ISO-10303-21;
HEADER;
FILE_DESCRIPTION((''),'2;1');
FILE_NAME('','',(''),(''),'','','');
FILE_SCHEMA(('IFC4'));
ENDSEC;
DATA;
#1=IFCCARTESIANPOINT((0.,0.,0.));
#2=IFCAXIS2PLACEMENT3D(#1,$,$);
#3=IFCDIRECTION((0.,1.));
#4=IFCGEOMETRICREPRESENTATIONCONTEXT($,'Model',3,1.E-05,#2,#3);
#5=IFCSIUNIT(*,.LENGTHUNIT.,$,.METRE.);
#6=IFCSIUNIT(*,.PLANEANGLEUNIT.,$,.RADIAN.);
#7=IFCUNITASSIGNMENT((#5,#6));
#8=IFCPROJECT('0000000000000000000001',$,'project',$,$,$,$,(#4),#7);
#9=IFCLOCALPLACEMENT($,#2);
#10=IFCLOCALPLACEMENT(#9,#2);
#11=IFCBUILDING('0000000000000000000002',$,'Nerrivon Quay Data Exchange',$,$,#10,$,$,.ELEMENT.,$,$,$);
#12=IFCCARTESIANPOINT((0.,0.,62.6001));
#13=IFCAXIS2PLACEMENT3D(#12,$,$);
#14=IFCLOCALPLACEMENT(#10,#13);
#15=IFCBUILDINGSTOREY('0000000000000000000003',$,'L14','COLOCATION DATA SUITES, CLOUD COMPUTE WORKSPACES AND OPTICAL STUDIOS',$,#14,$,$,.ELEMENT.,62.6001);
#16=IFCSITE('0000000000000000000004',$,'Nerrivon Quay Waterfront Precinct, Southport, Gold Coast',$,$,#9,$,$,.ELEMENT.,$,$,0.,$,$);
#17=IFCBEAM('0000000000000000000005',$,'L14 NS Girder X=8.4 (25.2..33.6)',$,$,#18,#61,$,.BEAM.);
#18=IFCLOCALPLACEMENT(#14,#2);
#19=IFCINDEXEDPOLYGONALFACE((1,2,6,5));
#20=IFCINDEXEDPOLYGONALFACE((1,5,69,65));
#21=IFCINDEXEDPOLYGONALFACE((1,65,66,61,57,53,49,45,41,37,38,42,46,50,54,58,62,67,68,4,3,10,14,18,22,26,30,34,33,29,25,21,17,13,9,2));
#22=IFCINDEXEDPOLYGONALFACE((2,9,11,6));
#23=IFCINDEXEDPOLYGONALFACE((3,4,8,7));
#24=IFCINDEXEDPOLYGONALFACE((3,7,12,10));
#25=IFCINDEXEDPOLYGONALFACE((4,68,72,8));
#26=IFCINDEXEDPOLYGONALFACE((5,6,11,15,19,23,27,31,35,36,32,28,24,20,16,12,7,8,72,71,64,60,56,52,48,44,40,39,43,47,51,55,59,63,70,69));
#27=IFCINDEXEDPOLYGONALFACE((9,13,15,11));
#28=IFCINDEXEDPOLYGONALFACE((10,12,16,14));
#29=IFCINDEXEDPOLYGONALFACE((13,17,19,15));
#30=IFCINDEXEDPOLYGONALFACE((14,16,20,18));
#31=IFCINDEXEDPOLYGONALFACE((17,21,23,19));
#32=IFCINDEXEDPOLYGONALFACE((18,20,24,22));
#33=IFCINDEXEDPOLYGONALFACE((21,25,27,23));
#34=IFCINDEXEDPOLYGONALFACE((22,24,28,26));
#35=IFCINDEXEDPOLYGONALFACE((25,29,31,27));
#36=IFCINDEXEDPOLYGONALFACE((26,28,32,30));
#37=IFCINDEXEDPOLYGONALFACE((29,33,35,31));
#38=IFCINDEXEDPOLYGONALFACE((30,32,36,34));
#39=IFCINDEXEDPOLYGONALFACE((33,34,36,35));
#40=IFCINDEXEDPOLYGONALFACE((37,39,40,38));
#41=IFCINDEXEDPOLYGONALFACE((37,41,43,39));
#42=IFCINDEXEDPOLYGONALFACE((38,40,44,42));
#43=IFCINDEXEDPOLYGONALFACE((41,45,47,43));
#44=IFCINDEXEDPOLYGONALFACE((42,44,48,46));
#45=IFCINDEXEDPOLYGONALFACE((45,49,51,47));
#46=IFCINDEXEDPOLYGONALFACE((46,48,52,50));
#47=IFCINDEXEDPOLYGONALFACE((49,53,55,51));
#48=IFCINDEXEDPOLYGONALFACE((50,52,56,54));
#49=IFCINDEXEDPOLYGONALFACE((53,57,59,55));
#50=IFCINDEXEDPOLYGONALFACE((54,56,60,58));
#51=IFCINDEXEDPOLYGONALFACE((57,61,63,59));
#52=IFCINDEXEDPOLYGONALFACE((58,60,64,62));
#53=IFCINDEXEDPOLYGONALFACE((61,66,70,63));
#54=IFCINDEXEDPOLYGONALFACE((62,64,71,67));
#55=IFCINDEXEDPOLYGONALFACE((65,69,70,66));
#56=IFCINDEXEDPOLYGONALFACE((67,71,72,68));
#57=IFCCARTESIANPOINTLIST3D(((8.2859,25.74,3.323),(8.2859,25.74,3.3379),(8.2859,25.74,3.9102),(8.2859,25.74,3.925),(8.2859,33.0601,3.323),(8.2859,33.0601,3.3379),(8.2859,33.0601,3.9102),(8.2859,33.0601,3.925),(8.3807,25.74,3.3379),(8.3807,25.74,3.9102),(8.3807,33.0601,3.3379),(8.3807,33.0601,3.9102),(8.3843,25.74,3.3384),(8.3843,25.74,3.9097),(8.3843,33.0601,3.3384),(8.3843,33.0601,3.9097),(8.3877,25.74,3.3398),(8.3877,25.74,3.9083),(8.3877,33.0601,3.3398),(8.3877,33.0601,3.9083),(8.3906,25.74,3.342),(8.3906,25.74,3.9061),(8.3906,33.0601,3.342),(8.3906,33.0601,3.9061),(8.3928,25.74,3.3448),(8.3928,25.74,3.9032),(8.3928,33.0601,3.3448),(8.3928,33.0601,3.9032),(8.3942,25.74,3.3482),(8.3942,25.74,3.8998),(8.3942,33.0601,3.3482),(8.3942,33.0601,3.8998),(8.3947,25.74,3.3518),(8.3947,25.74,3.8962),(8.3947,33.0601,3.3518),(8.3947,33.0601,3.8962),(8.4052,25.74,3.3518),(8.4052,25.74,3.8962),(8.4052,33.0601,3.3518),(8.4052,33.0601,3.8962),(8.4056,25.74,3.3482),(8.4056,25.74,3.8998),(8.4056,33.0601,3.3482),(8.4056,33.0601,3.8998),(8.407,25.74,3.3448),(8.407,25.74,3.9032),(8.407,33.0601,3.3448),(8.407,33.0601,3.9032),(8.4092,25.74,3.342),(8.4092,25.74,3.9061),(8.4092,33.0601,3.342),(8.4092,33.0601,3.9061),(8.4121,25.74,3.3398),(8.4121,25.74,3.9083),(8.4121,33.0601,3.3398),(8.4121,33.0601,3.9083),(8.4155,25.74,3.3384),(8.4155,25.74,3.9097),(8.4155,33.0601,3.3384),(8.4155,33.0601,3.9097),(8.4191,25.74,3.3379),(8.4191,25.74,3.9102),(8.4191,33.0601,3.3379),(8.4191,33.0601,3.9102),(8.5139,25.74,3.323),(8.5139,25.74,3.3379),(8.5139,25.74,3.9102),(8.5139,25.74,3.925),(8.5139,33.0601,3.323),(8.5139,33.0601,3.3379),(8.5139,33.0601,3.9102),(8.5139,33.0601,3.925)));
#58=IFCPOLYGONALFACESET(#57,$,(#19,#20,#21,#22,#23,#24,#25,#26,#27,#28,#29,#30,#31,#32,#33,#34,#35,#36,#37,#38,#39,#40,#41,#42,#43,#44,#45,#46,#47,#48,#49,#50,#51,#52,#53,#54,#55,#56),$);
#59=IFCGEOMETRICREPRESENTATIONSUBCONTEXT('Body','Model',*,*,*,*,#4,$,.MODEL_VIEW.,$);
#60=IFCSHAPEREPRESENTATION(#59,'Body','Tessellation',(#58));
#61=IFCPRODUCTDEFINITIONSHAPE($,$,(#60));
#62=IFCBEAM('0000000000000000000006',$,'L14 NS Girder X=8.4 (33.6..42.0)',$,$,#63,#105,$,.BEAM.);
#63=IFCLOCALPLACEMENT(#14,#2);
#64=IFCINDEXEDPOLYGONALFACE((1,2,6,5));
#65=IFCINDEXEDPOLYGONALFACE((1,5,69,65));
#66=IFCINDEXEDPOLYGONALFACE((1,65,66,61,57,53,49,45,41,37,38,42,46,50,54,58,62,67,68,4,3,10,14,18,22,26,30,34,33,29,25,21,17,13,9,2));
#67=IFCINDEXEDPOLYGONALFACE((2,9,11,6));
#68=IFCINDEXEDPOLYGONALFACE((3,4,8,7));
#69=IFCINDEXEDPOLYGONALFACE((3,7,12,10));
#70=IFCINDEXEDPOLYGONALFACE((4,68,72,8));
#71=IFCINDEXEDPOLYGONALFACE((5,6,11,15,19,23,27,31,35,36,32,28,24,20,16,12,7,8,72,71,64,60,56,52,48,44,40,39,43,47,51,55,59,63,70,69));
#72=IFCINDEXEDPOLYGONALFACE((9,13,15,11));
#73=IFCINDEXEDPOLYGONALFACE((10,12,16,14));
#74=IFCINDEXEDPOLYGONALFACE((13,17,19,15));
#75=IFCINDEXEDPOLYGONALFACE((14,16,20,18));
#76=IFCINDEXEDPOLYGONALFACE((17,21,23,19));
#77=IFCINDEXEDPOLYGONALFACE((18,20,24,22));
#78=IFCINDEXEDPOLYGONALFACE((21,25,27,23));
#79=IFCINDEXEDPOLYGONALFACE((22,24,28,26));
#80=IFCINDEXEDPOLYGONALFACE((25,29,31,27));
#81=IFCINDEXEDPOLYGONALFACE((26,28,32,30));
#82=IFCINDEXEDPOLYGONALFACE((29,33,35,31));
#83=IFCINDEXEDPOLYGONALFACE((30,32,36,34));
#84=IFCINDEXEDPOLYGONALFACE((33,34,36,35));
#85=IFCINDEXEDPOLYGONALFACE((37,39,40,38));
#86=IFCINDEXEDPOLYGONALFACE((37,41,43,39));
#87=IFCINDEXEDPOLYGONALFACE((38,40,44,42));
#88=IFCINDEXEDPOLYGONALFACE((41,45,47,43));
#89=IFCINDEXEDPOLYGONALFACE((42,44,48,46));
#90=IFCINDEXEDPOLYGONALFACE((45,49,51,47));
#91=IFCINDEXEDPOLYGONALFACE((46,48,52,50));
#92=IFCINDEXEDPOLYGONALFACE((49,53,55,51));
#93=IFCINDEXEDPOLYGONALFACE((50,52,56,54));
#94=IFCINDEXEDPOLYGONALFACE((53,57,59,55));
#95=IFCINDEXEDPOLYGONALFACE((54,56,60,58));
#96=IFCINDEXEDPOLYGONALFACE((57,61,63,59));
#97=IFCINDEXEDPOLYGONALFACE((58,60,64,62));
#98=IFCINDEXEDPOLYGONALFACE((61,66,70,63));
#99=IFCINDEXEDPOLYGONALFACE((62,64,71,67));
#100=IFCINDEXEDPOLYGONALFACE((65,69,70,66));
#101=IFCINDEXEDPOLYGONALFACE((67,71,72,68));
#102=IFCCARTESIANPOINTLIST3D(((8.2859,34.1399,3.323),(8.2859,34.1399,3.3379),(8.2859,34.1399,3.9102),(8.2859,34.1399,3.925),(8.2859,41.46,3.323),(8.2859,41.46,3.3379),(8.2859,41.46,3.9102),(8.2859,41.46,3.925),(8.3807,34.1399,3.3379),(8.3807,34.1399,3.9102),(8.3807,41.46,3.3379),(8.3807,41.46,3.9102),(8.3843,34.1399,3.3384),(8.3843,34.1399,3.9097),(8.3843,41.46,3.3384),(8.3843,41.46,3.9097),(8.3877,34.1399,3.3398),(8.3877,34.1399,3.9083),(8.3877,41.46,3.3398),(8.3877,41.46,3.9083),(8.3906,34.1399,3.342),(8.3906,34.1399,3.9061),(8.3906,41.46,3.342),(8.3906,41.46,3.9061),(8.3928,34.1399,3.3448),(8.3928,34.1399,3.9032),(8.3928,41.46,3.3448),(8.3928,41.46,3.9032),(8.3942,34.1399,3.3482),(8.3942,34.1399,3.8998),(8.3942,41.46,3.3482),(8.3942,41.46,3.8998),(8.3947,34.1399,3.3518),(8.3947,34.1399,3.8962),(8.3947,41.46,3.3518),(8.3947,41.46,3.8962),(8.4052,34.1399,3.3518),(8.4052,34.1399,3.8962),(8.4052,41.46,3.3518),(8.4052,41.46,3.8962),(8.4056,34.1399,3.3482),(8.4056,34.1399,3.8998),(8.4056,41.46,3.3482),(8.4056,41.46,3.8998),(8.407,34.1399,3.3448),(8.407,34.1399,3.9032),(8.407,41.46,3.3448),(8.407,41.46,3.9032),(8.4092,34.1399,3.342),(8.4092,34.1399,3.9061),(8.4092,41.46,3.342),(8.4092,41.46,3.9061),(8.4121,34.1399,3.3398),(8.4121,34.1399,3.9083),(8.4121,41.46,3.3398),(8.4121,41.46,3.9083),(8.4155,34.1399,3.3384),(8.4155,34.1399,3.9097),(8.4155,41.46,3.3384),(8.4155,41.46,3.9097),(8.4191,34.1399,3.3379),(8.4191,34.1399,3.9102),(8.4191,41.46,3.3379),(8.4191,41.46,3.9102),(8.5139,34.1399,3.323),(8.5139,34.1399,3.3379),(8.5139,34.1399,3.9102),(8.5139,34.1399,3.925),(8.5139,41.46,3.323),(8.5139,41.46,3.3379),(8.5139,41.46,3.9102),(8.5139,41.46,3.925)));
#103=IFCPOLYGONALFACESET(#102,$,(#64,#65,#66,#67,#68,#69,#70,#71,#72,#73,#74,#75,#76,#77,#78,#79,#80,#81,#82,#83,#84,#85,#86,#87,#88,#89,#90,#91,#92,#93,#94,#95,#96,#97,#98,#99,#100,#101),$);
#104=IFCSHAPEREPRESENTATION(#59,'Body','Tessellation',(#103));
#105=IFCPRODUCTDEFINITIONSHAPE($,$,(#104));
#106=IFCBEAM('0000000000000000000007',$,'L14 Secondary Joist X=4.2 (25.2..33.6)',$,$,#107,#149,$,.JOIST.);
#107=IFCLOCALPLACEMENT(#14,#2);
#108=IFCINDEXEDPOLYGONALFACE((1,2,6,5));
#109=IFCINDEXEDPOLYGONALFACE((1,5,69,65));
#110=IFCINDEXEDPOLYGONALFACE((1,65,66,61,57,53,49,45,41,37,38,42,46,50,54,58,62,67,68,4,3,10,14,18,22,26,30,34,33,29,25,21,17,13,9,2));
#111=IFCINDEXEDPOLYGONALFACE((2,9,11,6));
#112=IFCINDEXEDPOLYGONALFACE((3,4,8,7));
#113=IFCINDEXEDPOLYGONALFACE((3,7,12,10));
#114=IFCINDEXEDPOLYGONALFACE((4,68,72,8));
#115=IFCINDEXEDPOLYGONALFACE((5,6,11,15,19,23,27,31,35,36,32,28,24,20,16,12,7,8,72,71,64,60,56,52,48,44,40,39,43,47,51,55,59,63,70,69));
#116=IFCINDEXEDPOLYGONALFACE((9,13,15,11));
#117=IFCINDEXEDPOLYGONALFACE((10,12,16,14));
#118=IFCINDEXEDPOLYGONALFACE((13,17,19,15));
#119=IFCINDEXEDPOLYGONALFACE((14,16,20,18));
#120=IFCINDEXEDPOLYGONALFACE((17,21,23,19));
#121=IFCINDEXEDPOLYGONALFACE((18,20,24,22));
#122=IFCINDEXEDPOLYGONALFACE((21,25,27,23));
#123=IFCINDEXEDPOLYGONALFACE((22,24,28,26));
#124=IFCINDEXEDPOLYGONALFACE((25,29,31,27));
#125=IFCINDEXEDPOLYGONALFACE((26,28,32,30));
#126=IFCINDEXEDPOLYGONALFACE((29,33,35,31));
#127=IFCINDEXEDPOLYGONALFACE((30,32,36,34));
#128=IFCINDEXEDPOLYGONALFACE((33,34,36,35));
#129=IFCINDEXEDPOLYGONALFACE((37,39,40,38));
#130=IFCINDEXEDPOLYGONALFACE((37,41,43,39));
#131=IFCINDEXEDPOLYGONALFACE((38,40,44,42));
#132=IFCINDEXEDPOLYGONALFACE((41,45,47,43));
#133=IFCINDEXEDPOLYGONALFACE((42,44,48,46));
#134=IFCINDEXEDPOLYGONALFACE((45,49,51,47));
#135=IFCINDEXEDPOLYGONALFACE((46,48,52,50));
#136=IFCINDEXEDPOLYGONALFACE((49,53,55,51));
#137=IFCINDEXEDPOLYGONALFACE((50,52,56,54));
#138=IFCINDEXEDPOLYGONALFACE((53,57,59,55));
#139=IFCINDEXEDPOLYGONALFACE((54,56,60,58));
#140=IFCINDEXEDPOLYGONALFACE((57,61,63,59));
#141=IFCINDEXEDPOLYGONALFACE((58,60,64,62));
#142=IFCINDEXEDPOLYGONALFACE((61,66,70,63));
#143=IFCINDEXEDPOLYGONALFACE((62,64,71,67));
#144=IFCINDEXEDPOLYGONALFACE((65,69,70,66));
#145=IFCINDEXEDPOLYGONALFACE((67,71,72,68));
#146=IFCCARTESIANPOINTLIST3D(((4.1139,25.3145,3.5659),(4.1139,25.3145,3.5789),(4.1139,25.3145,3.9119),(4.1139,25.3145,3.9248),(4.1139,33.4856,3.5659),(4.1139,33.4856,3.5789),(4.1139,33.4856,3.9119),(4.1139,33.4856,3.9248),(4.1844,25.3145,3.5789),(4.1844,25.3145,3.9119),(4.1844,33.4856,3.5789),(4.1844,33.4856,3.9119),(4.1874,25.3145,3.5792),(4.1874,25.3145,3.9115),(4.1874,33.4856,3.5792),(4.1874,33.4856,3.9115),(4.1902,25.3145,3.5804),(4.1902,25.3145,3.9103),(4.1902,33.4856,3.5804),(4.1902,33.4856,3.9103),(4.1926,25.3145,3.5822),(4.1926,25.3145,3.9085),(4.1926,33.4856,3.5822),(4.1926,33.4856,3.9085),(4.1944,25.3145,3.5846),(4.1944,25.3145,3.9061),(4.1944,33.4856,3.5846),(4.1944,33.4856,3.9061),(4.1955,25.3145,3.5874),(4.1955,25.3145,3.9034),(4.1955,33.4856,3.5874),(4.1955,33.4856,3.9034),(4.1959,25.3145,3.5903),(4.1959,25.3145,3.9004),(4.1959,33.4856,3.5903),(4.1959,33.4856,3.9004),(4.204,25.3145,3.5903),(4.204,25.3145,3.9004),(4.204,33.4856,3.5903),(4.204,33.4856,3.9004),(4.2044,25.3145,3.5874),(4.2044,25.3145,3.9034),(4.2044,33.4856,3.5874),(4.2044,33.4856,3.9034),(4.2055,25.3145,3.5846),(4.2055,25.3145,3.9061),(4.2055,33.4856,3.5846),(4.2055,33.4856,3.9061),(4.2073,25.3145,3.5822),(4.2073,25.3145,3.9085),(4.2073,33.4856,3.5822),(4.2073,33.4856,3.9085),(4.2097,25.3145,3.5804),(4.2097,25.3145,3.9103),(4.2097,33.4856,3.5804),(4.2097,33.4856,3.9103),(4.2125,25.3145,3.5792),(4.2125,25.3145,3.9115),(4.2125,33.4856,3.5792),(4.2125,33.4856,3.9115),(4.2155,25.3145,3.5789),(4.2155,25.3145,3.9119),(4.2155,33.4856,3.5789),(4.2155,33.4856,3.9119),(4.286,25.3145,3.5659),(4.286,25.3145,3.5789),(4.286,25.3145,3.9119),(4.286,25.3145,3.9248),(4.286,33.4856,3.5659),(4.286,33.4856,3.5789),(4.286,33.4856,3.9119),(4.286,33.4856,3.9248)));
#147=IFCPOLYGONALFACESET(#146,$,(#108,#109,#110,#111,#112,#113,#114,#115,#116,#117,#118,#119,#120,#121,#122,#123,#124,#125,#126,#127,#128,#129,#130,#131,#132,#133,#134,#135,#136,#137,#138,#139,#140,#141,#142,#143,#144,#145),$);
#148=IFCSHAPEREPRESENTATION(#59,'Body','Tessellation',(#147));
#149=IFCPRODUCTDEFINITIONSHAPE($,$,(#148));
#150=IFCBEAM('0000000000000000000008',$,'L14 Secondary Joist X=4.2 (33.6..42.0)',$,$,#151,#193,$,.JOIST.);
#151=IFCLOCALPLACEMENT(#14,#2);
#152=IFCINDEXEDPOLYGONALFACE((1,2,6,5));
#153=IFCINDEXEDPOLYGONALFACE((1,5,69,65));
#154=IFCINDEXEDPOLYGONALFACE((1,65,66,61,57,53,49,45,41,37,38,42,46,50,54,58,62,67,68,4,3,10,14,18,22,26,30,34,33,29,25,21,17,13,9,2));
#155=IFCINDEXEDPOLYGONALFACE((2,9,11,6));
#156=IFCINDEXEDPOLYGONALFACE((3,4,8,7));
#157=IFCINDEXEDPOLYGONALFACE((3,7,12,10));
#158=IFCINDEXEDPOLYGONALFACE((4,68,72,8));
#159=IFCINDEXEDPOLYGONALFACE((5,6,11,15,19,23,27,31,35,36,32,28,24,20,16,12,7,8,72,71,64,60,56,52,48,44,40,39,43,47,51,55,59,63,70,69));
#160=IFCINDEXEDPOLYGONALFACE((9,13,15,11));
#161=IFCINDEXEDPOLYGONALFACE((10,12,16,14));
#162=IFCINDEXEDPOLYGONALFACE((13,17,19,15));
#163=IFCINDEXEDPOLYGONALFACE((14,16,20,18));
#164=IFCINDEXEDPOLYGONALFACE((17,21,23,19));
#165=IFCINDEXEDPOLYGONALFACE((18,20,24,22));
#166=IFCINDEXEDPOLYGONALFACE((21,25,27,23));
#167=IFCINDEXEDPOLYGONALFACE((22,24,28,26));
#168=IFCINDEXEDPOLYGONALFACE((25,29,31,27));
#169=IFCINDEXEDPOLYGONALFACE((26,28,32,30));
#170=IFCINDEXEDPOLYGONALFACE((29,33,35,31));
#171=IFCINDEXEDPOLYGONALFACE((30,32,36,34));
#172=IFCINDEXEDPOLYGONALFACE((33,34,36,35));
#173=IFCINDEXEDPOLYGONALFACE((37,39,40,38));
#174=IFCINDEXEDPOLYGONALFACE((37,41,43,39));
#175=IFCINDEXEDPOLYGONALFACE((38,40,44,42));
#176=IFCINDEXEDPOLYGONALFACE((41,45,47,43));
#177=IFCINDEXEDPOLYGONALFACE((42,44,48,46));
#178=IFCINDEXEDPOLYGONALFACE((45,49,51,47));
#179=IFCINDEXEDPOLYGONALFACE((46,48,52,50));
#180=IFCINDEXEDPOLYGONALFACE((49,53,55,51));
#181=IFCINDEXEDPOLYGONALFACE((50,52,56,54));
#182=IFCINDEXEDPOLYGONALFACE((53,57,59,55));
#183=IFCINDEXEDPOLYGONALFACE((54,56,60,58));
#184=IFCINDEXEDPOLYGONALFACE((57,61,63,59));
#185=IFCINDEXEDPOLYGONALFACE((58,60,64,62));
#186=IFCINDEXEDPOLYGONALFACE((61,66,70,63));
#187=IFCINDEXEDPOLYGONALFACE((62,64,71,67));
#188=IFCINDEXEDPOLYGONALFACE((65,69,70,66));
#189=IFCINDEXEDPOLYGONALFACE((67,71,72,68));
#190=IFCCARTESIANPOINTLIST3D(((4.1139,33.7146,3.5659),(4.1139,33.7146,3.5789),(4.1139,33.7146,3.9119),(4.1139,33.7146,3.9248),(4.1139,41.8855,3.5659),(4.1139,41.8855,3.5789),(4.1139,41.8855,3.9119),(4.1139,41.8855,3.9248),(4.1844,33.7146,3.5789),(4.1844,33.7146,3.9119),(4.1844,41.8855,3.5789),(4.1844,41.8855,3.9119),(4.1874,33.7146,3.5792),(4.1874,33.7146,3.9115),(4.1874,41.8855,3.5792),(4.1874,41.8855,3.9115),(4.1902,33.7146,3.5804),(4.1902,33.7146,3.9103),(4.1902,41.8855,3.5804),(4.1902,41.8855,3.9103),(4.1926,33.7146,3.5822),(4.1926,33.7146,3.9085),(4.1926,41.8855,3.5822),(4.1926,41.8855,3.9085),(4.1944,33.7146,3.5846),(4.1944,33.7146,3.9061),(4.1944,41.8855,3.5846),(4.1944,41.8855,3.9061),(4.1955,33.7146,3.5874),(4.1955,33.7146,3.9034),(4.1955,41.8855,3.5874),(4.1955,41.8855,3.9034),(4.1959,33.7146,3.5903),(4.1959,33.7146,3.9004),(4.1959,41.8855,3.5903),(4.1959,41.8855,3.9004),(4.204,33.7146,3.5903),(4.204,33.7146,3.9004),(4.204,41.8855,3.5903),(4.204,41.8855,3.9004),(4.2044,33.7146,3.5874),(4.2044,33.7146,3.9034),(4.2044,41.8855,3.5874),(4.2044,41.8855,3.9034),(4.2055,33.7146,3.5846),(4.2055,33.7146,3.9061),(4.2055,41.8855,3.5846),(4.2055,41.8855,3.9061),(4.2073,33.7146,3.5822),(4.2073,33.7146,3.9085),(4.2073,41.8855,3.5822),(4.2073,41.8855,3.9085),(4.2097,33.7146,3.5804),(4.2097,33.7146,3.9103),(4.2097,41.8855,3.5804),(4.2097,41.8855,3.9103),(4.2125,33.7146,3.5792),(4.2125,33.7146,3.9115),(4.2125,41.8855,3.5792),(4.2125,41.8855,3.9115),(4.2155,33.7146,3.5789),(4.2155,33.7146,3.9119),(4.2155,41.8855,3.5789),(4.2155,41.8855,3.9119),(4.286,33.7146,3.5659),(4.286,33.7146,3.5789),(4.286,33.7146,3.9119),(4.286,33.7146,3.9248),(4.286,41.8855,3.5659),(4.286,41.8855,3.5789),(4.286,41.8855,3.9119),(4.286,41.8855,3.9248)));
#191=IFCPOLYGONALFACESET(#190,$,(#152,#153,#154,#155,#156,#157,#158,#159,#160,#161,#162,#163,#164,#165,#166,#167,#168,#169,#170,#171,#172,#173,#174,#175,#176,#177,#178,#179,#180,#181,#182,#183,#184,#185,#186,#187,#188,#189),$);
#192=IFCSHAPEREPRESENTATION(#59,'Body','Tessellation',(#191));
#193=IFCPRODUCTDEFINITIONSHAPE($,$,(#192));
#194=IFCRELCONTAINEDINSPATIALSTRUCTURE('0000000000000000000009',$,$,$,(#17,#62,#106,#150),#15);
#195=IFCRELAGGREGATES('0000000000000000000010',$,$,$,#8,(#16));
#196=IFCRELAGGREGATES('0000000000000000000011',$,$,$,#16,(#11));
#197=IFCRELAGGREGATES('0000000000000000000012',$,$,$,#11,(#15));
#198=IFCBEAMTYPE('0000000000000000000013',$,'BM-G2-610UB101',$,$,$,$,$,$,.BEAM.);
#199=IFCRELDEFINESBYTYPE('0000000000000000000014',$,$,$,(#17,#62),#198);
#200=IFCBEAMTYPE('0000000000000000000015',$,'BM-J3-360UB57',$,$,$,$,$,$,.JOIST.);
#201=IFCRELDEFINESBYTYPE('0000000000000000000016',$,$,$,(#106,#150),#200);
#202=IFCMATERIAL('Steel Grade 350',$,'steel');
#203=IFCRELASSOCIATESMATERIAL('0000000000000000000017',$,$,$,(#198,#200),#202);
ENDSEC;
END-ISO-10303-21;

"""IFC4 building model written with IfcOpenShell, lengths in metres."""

from ifc_helpers import new_model, si_unit, direction, frame, origin, origin_2d, place, context, subcontext, project, spatial, i_section, extrude, material, material_profile, profile_set, type_object, element, save


model = new_model("IFC4")

# Units and contexts
model_context = context("Model", 3, precision=1e-05, world=origin(), true_north=direction((0.0, 1.0)))
body_context = subcontext(model_context, "Body", "Model", "MODEL_VIEW")
ifc_project = project(units=[si_unit("LENGTHUNIT", "METRE"), si_unit("PLANEANGLEUNIT", "RADIAN")], contexts=[model_context])

# Site, building, storey
site_placement = place(None, origin())
site = spatial("IfcSite", under=ifc_project, at=site_placement, Name="Nerrivon Quay Waterfront Precinct, Southport, Gold Coast", CompositionType="ELEMENT", RefElevation=0.0)
building_placement = place(site_placement, origin())
building = spatial("IfcBuilding", under=site, at=building_placement, Name="Nerrivon Quay Data Exchange", CompositionType="ELEMENT")
storey_placement = place(building_placement, frame((0.0, 0.0, 62.6001)))
storey = spatial("IfcBuildingStorey", under=building, at=storey_placement, Name="L14", Description="COLOCATION DATA SUITES, CLOUD COMPUTE WORKSPACES AND OPTICAL STUDIOS", CompositionType="ELEMENT", Elevation=62.6001)

# Shared definitions
ifc_material_1 = material(Name="Steel Grade 350", Category="steel")

# Beams
ifc_material_profile_1 = material_profile(ifc_material_1, i_section(OverallWidth=0.228, OverallDepth=0.6021, WebThickness=0.0105, FlangeThickness=0.0149, FilletRadius=0.0139, at=origin_2d()), Name="610UB101")
ifc_profile_set_1 = profile_set([ifc_material_profile_1], Name="Steel Grade 350")
beam_type_1 = type_object("IfcBeamType", Name="BM-G2-610UB101", PredefinedType="BEAM", material=ifc_profile_set_1)
for number, where, z_axis, x_axis, name in (
    (1, (8.3999, 25.74, 3.624), (0.0, 1.0, 0.0), (-1.0, 0.0, 0.0), "L14 NS Girder X=8.4 (25.2..33.6)"),
    (2, (8.3999, 34.1399, 3.624), (0.0, 1.0, 0.0), (-1.0, 0.0, 0.0), "L14 NS Girder X=8.4 (33.6..42.0)"),
):
    element("IfcBeam", number, at=place(storey_placement, frame(where, z_axis=z_axis, x_axis=x_axis)), inside=storey, type_object=beam_type_1, Name=name, PredefinedType="BEAM", context=body_context, shape_type="SweptSolid", body=[
        extrude(i_section(OverallWidth=0.228, OverallDepth=0.6021, WebThickness=0.0105, FlangeThickness=0.0149, FilletRadius=0.0139, at=origin_2d()), origin(), (0.0, 0.0, 1.0), 7.3201),
    ])
ifc_material_profile_2 = material_profile(ifc_material_1, i_section(OverallWidth=0.1721, OverallDepth=0.3589, WebThickness=0.0081, FlangeThickness=0.0129, FilletRadius=0.0115, at=origin_2d()), Name="360UB56.7")
ifc_profile_set_2 = profile_set([ifc_material_profile_2], Name="Steel Grade 350")
beam_type_2 = type_object("IfcBeamType", Name="BM-J3-360UB57", PredefinedType="JOIST", material=ifc_profile_set_2)
beam_1_placement = place(storey_placement, frame((4.2, 25.3145, 3.7454), z_axis=(0.0, 1.0, 0.0), x_axis=(-1.0, 0.0, 0.0)))
element("IfcBeam", 3, at=beam_1_placement, inside=storey, type_object=beam_type_2, Name="L14 Secondary Joist X=4.2 (25.2..33.6)", PredefinedType="JOIST", context=body_context, shape_type="SweptSolid", body=[
    extrude(i_section(OverallWidth=0.1721, OverallDepth=0.3589, WebThickness=0.0081, FlangeThickness=0.0129, FilletRadius=0.0115, at=origin_2d()), origin(), (0.0, 0.0, 1.0), 8.1711),
])
beam_2_placement = place(storey_placement, frame((4.2, 33.7146, 3.7454), z_axis=(0.0, 1.0, 0.0), x_axis=(-1.0, 0.0, 0.0)))
element("IfcBeam", 4, at=beam_2_placement, inside=storey, type_object=beam_type_2, Name="L14 Secondary Joist X=4.2 (33.6..42.0)", PredefinedType="JOIST", context=body_context, shape_type="SweptSolid", body=[
    extrude(i_section(OverallWidth=0.1721, OverallDepth=0.3589, WebThickness=0.0081, FlangeThickness=0.0129, FilletRadius=0.0115, at=origin_2d()), origin(), (0.0, 0.0, 1.0), 8.1709),
])

save(model, "model.ifc")
